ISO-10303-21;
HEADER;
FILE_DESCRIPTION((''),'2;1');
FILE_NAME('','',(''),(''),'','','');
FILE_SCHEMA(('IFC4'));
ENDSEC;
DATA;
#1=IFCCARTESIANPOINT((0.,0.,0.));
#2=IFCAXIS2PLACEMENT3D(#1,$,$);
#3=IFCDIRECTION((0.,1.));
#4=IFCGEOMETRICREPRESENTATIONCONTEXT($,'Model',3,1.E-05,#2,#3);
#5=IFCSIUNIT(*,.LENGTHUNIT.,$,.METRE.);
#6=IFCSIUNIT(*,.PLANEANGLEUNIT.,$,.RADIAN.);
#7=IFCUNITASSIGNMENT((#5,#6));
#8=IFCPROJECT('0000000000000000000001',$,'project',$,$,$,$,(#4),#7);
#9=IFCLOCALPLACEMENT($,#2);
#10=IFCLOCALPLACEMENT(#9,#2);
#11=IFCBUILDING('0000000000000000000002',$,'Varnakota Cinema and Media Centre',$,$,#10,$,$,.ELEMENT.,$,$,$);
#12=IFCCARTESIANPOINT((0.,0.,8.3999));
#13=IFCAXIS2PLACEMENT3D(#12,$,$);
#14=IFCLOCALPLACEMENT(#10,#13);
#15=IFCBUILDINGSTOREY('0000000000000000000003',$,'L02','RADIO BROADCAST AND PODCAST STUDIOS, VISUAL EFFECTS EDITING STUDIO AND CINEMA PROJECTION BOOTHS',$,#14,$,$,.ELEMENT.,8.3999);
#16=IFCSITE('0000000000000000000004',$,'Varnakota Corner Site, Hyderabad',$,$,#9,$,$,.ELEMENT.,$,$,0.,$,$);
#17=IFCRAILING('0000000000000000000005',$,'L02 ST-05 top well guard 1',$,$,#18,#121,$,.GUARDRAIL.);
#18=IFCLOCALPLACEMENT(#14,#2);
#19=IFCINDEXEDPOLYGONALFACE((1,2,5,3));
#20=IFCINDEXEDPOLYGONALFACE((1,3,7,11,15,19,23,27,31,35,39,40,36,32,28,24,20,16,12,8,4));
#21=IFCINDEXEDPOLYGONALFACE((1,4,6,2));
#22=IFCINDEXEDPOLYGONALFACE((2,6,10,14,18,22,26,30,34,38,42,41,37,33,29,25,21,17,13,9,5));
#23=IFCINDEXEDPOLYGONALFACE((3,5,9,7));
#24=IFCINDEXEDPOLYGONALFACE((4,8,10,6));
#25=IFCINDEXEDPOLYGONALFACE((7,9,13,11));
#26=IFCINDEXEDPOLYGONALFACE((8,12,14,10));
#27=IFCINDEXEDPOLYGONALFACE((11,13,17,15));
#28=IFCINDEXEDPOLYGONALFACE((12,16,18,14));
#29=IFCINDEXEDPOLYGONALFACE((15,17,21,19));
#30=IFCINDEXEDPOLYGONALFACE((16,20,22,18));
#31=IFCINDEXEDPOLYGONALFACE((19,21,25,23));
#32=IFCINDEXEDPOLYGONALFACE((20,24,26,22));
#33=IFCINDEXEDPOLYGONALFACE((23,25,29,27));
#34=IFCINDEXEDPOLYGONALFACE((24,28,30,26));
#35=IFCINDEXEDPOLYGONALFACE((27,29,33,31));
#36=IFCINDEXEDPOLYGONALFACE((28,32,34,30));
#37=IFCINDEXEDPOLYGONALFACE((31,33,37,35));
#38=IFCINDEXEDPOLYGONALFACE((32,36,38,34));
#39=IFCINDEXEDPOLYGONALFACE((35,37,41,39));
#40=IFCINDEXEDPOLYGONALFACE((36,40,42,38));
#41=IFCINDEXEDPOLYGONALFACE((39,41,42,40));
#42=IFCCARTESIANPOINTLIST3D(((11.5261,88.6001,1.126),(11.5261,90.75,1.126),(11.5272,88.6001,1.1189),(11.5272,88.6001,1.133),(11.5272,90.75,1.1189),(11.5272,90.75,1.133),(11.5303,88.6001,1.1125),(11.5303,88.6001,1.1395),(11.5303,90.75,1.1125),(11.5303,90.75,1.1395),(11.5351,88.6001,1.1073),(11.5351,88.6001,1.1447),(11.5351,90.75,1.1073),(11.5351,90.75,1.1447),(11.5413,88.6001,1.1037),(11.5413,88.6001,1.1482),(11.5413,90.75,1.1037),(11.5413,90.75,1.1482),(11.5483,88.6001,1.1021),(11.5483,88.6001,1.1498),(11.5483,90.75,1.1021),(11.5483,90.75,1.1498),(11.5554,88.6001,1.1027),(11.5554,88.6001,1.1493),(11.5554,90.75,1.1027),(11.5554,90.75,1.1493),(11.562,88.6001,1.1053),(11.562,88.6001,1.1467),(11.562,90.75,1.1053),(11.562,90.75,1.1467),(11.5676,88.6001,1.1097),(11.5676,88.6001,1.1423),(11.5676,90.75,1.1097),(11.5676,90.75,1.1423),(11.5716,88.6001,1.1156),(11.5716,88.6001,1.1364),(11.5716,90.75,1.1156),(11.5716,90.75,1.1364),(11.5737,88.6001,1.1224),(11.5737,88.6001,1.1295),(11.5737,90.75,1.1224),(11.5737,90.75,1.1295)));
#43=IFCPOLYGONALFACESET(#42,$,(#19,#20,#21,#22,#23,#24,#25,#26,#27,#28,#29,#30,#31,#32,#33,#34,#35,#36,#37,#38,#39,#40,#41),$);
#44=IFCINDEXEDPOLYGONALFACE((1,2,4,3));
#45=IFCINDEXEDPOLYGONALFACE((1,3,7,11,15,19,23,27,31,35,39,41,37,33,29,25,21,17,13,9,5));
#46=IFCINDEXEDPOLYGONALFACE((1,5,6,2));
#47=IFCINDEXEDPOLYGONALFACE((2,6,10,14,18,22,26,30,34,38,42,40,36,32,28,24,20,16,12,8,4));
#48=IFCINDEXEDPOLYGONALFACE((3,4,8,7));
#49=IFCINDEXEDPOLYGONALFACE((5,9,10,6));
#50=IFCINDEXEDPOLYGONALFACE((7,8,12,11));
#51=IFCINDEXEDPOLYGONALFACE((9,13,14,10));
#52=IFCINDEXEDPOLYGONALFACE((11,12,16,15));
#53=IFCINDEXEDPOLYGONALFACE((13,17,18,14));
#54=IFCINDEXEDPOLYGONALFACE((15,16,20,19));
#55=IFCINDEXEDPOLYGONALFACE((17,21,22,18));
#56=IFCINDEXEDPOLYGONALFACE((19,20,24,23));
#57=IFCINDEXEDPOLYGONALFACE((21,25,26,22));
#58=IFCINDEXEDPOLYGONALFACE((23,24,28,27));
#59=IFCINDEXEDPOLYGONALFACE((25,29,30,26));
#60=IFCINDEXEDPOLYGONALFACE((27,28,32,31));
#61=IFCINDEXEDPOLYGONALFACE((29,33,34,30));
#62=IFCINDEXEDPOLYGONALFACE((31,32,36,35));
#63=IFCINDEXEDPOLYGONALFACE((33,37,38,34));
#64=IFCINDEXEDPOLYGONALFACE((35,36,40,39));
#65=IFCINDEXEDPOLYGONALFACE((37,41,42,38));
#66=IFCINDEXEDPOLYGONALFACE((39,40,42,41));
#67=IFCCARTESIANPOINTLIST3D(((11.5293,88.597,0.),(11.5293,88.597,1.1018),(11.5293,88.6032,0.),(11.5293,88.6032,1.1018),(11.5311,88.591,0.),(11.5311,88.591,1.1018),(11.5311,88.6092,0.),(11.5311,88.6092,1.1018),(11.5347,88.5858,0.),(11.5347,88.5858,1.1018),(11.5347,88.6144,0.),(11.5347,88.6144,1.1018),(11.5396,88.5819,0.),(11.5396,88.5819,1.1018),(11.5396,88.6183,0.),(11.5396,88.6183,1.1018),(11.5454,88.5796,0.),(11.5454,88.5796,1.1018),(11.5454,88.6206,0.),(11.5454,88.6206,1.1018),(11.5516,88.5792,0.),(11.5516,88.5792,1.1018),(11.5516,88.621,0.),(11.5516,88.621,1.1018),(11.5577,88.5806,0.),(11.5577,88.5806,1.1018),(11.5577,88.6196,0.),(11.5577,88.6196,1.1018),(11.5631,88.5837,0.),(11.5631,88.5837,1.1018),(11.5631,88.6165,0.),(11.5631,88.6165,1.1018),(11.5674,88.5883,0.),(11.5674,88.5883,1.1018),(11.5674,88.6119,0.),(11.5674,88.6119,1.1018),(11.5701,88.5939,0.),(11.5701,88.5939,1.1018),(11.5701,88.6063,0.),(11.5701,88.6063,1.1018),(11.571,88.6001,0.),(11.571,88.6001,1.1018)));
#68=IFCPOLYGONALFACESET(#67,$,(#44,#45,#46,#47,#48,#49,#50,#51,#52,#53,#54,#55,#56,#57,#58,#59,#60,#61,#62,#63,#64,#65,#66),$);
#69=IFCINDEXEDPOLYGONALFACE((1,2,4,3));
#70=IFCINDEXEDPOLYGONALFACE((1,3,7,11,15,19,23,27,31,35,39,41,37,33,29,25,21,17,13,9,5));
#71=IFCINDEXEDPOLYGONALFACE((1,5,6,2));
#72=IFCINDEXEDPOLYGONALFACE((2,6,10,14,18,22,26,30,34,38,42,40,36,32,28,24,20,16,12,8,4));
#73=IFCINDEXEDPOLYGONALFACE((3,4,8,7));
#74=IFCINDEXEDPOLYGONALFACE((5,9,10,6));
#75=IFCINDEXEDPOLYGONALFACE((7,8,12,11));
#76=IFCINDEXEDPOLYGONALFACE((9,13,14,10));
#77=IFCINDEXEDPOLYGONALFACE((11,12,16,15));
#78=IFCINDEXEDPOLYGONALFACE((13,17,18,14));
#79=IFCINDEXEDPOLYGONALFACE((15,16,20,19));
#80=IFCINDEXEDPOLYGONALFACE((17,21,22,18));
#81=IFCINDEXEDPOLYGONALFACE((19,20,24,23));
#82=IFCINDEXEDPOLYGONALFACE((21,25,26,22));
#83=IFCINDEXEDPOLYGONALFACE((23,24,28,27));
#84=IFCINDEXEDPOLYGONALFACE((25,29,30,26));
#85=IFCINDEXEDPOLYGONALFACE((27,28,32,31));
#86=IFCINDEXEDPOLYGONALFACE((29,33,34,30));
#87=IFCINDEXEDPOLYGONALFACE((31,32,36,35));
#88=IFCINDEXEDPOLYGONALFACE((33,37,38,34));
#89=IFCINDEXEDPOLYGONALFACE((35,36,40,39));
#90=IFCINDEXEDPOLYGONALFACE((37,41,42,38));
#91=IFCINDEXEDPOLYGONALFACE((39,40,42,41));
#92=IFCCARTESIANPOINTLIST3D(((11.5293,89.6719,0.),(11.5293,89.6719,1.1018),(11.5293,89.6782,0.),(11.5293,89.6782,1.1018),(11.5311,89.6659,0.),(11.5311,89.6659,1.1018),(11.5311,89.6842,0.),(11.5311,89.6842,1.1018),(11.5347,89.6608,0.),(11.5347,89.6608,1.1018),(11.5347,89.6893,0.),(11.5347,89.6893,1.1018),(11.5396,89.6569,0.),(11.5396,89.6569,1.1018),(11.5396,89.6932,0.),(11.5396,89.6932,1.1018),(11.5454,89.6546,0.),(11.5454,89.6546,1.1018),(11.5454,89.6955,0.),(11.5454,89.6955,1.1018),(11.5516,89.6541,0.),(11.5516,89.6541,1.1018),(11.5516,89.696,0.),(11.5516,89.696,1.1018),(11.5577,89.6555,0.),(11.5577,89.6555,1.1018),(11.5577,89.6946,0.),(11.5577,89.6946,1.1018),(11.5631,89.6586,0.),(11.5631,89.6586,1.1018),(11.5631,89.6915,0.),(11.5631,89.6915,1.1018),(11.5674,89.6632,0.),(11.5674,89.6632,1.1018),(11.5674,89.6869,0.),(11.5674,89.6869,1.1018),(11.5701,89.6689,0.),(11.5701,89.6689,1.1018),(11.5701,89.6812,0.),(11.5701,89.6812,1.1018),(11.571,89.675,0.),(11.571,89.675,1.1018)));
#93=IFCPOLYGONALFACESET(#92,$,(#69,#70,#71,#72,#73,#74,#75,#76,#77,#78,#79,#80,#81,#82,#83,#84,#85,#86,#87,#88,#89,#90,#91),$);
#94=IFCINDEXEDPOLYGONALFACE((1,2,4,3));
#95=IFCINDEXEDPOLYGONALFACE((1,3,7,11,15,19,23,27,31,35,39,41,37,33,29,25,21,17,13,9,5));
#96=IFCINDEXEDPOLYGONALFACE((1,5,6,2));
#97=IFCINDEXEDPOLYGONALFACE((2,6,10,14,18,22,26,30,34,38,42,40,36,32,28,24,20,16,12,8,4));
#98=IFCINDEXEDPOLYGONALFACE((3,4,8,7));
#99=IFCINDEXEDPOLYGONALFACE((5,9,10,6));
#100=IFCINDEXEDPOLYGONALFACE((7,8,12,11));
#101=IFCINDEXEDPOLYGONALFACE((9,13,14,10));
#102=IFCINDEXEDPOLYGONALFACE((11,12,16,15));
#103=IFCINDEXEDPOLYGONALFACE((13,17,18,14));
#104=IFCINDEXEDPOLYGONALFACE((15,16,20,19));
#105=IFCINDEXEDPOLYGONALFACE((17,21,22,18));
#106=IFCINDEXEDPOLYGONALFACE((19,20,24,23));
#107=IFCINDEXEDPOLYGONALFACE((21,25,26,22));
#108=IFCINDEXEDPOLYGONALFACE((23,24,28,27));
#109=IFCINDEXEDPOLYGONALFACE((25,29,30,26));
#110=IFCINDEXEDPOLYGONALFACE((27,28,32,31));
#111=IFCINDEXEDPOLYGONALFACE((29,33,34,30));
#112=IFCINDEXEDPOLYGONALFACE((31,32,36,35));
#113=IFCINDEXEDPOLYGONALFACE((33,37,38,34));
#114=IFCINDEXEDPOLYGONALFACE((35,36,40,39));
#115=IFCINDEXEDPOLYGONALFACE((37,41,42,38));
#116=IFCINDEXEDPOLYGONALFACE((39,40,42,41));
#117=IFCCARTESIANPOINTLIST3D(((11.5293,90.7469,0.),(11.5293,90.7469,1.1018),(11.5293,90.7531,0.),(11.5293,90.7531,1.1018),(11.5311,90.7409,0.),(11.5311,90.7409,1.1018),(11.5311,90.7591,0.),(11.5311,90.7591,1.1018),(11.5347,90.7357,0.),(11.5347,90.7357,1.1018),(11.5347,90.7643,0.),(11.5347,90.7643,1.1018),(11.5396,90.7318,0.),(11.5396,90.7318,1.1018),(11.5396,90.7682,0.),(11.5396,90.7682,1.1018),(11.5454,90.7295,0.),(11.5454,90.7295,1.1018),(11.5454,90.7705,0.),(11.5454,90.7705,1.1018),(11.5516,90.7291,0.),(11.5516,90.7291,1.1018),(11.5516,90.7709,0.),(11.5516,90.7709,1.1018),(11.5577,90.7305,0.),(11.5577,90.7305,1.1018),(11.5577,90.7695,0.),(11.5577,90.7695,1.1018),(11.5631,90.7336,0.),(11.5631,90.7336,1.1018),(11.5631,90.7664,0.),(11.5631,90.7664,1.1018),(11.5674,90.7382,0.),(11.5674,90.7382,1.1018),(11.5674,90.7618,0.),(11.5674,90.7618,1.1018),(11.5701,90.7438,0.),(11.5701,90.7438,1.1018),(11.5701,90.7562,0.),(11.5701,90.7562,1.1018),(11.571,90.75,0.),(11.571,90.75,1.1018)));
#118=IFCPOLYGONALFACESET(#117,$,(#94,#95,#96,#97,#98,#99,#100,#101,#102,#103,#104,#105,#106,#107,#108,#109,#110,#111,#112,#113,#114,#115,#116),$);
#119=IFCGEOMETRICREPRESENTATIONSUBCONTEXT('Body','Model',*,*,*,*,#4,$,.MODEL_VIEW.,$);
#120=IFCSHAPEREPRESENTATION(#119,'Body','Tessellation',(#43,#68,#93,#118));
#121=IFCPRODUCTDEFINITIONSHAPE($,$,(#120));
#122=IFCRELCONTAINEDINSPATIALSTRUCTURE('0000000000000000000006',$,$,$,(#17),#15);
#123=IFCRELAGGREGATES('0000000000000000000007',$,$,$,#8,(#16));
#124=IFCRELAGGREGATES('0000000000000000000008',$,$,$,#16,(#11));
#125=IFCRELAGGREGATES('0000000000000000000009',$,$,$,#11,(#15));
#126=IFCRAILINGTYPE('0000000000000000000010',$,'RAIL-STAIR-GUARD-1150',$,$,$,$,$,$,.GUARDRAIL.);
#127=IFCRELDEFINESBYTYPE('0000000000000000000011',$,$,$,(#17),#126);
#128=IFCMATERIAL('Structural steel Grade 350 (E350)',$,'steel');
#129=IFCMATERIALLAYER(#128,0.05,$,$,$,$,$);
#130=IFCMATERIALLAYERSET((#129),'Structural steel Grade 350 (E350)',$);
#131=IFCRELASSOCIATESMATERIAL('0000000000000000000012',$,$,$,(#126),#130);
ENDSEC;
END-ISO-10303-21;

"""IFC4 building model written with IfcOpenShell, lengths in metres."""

from ifc_helpers import new_model, si_unit, direction, frame, origin, origin_2d, place, context, subcontext, project, spatial, circle, extrude, material, layer, layer_set, type_object, element, save


model = new_model("IFC4")

# Units and contexts
model_context = context("Model", 3, precision=1e-05, world=origin(), true_north=direction((0.0, 1.0)))
body_context = subcontext(model_context, "Body", "Model", "MODEL_VIEW")
ifc_project = project(units=[si_unit("LENGTHUNIT", "METRE"), si_unit("PLANEANGLEUNIT", "RADIAN")], contexts=[model_context])

# Site, building, storey
site_placement = place(None, origin())
site = spatial("IfcSite", under=ifc_project, at=site_placement, Name="Varnakota Corner Site, Hyderabad", CompositionType="ELEMENT", RefElevation=0.0)
building_placement = place(site_placement, origin())
building = spatial("IfcBuilding", under=site, at=building_placement, Name="Varnakota Cinema and Media Centre", CompositionType="ELEMENT")
storey_placement = place(building_placement, frame((0.0, 0.0, 8.3999)))
storey = spatial("IfcBuildingStorey", under=building, at=storey_placement, Name="L02", Description="RADIO BROADCAST AND PODCAST STUDIOS, VISUAL EFFECTS EDITING STUDIO AND CINEMA PROJECTION BOOTHS", CompositionType="ELEMENT", Elevation=8.3999)

# Railing
ifc_material_1 = material(Name="Structural steel Grade 350 (E350)", Category="steel")
ifc_layer_1 = layer(ifc_material_1, 0.05)
ifc_layer_set_1 = layer_set([ifc_layer_1], Name="Structural steel Grade 350 (E350)")
railing_type = type_object("IfcRailingType", Name="RAIL-STAIR-GUARD-1150", PredefinedType="GUARDRAIL", material=ifc_layer_set_1)
railing_placement = place(storey_placement, frame((11.55, 88.6001, 0.0)))
element("IfcRailing", 1, at=railing_placement, inside=storey, type_object=railing_type, Name="L02 ST-05 top well guard 1", PredefinedType="GUARDRAIL", context=body_context, shape_type="SweptSolid", body=[
    extrude(circle(Radius=0.0239, at=origin_2d()), frame((0.0, 0.0, 1.126), z_axis=(0.0, 1.0, 0.0), x_axis=(-1.0, 0.0, 0.0)), (0.0, 0.0, 1.0), 2.1499),
    extrude(circle(Radius=0.021, at=origin_2d()), origin(), (0.0, 0.0, 1.0), 1.1018),
    extrude(circle(Radius=0.021, at=origin_2d()), frame((0.0, 1.075, 0.0)), (0.0, 0.0, 1.0), 1.1018),
    extrude(circle(Radius=0.021, at=origin_2d()), frame((0.0, 2.1499, 0.0)), (0.0, 0.0, 1.0), 1.1018),
])

save(model, "model.ifc")
